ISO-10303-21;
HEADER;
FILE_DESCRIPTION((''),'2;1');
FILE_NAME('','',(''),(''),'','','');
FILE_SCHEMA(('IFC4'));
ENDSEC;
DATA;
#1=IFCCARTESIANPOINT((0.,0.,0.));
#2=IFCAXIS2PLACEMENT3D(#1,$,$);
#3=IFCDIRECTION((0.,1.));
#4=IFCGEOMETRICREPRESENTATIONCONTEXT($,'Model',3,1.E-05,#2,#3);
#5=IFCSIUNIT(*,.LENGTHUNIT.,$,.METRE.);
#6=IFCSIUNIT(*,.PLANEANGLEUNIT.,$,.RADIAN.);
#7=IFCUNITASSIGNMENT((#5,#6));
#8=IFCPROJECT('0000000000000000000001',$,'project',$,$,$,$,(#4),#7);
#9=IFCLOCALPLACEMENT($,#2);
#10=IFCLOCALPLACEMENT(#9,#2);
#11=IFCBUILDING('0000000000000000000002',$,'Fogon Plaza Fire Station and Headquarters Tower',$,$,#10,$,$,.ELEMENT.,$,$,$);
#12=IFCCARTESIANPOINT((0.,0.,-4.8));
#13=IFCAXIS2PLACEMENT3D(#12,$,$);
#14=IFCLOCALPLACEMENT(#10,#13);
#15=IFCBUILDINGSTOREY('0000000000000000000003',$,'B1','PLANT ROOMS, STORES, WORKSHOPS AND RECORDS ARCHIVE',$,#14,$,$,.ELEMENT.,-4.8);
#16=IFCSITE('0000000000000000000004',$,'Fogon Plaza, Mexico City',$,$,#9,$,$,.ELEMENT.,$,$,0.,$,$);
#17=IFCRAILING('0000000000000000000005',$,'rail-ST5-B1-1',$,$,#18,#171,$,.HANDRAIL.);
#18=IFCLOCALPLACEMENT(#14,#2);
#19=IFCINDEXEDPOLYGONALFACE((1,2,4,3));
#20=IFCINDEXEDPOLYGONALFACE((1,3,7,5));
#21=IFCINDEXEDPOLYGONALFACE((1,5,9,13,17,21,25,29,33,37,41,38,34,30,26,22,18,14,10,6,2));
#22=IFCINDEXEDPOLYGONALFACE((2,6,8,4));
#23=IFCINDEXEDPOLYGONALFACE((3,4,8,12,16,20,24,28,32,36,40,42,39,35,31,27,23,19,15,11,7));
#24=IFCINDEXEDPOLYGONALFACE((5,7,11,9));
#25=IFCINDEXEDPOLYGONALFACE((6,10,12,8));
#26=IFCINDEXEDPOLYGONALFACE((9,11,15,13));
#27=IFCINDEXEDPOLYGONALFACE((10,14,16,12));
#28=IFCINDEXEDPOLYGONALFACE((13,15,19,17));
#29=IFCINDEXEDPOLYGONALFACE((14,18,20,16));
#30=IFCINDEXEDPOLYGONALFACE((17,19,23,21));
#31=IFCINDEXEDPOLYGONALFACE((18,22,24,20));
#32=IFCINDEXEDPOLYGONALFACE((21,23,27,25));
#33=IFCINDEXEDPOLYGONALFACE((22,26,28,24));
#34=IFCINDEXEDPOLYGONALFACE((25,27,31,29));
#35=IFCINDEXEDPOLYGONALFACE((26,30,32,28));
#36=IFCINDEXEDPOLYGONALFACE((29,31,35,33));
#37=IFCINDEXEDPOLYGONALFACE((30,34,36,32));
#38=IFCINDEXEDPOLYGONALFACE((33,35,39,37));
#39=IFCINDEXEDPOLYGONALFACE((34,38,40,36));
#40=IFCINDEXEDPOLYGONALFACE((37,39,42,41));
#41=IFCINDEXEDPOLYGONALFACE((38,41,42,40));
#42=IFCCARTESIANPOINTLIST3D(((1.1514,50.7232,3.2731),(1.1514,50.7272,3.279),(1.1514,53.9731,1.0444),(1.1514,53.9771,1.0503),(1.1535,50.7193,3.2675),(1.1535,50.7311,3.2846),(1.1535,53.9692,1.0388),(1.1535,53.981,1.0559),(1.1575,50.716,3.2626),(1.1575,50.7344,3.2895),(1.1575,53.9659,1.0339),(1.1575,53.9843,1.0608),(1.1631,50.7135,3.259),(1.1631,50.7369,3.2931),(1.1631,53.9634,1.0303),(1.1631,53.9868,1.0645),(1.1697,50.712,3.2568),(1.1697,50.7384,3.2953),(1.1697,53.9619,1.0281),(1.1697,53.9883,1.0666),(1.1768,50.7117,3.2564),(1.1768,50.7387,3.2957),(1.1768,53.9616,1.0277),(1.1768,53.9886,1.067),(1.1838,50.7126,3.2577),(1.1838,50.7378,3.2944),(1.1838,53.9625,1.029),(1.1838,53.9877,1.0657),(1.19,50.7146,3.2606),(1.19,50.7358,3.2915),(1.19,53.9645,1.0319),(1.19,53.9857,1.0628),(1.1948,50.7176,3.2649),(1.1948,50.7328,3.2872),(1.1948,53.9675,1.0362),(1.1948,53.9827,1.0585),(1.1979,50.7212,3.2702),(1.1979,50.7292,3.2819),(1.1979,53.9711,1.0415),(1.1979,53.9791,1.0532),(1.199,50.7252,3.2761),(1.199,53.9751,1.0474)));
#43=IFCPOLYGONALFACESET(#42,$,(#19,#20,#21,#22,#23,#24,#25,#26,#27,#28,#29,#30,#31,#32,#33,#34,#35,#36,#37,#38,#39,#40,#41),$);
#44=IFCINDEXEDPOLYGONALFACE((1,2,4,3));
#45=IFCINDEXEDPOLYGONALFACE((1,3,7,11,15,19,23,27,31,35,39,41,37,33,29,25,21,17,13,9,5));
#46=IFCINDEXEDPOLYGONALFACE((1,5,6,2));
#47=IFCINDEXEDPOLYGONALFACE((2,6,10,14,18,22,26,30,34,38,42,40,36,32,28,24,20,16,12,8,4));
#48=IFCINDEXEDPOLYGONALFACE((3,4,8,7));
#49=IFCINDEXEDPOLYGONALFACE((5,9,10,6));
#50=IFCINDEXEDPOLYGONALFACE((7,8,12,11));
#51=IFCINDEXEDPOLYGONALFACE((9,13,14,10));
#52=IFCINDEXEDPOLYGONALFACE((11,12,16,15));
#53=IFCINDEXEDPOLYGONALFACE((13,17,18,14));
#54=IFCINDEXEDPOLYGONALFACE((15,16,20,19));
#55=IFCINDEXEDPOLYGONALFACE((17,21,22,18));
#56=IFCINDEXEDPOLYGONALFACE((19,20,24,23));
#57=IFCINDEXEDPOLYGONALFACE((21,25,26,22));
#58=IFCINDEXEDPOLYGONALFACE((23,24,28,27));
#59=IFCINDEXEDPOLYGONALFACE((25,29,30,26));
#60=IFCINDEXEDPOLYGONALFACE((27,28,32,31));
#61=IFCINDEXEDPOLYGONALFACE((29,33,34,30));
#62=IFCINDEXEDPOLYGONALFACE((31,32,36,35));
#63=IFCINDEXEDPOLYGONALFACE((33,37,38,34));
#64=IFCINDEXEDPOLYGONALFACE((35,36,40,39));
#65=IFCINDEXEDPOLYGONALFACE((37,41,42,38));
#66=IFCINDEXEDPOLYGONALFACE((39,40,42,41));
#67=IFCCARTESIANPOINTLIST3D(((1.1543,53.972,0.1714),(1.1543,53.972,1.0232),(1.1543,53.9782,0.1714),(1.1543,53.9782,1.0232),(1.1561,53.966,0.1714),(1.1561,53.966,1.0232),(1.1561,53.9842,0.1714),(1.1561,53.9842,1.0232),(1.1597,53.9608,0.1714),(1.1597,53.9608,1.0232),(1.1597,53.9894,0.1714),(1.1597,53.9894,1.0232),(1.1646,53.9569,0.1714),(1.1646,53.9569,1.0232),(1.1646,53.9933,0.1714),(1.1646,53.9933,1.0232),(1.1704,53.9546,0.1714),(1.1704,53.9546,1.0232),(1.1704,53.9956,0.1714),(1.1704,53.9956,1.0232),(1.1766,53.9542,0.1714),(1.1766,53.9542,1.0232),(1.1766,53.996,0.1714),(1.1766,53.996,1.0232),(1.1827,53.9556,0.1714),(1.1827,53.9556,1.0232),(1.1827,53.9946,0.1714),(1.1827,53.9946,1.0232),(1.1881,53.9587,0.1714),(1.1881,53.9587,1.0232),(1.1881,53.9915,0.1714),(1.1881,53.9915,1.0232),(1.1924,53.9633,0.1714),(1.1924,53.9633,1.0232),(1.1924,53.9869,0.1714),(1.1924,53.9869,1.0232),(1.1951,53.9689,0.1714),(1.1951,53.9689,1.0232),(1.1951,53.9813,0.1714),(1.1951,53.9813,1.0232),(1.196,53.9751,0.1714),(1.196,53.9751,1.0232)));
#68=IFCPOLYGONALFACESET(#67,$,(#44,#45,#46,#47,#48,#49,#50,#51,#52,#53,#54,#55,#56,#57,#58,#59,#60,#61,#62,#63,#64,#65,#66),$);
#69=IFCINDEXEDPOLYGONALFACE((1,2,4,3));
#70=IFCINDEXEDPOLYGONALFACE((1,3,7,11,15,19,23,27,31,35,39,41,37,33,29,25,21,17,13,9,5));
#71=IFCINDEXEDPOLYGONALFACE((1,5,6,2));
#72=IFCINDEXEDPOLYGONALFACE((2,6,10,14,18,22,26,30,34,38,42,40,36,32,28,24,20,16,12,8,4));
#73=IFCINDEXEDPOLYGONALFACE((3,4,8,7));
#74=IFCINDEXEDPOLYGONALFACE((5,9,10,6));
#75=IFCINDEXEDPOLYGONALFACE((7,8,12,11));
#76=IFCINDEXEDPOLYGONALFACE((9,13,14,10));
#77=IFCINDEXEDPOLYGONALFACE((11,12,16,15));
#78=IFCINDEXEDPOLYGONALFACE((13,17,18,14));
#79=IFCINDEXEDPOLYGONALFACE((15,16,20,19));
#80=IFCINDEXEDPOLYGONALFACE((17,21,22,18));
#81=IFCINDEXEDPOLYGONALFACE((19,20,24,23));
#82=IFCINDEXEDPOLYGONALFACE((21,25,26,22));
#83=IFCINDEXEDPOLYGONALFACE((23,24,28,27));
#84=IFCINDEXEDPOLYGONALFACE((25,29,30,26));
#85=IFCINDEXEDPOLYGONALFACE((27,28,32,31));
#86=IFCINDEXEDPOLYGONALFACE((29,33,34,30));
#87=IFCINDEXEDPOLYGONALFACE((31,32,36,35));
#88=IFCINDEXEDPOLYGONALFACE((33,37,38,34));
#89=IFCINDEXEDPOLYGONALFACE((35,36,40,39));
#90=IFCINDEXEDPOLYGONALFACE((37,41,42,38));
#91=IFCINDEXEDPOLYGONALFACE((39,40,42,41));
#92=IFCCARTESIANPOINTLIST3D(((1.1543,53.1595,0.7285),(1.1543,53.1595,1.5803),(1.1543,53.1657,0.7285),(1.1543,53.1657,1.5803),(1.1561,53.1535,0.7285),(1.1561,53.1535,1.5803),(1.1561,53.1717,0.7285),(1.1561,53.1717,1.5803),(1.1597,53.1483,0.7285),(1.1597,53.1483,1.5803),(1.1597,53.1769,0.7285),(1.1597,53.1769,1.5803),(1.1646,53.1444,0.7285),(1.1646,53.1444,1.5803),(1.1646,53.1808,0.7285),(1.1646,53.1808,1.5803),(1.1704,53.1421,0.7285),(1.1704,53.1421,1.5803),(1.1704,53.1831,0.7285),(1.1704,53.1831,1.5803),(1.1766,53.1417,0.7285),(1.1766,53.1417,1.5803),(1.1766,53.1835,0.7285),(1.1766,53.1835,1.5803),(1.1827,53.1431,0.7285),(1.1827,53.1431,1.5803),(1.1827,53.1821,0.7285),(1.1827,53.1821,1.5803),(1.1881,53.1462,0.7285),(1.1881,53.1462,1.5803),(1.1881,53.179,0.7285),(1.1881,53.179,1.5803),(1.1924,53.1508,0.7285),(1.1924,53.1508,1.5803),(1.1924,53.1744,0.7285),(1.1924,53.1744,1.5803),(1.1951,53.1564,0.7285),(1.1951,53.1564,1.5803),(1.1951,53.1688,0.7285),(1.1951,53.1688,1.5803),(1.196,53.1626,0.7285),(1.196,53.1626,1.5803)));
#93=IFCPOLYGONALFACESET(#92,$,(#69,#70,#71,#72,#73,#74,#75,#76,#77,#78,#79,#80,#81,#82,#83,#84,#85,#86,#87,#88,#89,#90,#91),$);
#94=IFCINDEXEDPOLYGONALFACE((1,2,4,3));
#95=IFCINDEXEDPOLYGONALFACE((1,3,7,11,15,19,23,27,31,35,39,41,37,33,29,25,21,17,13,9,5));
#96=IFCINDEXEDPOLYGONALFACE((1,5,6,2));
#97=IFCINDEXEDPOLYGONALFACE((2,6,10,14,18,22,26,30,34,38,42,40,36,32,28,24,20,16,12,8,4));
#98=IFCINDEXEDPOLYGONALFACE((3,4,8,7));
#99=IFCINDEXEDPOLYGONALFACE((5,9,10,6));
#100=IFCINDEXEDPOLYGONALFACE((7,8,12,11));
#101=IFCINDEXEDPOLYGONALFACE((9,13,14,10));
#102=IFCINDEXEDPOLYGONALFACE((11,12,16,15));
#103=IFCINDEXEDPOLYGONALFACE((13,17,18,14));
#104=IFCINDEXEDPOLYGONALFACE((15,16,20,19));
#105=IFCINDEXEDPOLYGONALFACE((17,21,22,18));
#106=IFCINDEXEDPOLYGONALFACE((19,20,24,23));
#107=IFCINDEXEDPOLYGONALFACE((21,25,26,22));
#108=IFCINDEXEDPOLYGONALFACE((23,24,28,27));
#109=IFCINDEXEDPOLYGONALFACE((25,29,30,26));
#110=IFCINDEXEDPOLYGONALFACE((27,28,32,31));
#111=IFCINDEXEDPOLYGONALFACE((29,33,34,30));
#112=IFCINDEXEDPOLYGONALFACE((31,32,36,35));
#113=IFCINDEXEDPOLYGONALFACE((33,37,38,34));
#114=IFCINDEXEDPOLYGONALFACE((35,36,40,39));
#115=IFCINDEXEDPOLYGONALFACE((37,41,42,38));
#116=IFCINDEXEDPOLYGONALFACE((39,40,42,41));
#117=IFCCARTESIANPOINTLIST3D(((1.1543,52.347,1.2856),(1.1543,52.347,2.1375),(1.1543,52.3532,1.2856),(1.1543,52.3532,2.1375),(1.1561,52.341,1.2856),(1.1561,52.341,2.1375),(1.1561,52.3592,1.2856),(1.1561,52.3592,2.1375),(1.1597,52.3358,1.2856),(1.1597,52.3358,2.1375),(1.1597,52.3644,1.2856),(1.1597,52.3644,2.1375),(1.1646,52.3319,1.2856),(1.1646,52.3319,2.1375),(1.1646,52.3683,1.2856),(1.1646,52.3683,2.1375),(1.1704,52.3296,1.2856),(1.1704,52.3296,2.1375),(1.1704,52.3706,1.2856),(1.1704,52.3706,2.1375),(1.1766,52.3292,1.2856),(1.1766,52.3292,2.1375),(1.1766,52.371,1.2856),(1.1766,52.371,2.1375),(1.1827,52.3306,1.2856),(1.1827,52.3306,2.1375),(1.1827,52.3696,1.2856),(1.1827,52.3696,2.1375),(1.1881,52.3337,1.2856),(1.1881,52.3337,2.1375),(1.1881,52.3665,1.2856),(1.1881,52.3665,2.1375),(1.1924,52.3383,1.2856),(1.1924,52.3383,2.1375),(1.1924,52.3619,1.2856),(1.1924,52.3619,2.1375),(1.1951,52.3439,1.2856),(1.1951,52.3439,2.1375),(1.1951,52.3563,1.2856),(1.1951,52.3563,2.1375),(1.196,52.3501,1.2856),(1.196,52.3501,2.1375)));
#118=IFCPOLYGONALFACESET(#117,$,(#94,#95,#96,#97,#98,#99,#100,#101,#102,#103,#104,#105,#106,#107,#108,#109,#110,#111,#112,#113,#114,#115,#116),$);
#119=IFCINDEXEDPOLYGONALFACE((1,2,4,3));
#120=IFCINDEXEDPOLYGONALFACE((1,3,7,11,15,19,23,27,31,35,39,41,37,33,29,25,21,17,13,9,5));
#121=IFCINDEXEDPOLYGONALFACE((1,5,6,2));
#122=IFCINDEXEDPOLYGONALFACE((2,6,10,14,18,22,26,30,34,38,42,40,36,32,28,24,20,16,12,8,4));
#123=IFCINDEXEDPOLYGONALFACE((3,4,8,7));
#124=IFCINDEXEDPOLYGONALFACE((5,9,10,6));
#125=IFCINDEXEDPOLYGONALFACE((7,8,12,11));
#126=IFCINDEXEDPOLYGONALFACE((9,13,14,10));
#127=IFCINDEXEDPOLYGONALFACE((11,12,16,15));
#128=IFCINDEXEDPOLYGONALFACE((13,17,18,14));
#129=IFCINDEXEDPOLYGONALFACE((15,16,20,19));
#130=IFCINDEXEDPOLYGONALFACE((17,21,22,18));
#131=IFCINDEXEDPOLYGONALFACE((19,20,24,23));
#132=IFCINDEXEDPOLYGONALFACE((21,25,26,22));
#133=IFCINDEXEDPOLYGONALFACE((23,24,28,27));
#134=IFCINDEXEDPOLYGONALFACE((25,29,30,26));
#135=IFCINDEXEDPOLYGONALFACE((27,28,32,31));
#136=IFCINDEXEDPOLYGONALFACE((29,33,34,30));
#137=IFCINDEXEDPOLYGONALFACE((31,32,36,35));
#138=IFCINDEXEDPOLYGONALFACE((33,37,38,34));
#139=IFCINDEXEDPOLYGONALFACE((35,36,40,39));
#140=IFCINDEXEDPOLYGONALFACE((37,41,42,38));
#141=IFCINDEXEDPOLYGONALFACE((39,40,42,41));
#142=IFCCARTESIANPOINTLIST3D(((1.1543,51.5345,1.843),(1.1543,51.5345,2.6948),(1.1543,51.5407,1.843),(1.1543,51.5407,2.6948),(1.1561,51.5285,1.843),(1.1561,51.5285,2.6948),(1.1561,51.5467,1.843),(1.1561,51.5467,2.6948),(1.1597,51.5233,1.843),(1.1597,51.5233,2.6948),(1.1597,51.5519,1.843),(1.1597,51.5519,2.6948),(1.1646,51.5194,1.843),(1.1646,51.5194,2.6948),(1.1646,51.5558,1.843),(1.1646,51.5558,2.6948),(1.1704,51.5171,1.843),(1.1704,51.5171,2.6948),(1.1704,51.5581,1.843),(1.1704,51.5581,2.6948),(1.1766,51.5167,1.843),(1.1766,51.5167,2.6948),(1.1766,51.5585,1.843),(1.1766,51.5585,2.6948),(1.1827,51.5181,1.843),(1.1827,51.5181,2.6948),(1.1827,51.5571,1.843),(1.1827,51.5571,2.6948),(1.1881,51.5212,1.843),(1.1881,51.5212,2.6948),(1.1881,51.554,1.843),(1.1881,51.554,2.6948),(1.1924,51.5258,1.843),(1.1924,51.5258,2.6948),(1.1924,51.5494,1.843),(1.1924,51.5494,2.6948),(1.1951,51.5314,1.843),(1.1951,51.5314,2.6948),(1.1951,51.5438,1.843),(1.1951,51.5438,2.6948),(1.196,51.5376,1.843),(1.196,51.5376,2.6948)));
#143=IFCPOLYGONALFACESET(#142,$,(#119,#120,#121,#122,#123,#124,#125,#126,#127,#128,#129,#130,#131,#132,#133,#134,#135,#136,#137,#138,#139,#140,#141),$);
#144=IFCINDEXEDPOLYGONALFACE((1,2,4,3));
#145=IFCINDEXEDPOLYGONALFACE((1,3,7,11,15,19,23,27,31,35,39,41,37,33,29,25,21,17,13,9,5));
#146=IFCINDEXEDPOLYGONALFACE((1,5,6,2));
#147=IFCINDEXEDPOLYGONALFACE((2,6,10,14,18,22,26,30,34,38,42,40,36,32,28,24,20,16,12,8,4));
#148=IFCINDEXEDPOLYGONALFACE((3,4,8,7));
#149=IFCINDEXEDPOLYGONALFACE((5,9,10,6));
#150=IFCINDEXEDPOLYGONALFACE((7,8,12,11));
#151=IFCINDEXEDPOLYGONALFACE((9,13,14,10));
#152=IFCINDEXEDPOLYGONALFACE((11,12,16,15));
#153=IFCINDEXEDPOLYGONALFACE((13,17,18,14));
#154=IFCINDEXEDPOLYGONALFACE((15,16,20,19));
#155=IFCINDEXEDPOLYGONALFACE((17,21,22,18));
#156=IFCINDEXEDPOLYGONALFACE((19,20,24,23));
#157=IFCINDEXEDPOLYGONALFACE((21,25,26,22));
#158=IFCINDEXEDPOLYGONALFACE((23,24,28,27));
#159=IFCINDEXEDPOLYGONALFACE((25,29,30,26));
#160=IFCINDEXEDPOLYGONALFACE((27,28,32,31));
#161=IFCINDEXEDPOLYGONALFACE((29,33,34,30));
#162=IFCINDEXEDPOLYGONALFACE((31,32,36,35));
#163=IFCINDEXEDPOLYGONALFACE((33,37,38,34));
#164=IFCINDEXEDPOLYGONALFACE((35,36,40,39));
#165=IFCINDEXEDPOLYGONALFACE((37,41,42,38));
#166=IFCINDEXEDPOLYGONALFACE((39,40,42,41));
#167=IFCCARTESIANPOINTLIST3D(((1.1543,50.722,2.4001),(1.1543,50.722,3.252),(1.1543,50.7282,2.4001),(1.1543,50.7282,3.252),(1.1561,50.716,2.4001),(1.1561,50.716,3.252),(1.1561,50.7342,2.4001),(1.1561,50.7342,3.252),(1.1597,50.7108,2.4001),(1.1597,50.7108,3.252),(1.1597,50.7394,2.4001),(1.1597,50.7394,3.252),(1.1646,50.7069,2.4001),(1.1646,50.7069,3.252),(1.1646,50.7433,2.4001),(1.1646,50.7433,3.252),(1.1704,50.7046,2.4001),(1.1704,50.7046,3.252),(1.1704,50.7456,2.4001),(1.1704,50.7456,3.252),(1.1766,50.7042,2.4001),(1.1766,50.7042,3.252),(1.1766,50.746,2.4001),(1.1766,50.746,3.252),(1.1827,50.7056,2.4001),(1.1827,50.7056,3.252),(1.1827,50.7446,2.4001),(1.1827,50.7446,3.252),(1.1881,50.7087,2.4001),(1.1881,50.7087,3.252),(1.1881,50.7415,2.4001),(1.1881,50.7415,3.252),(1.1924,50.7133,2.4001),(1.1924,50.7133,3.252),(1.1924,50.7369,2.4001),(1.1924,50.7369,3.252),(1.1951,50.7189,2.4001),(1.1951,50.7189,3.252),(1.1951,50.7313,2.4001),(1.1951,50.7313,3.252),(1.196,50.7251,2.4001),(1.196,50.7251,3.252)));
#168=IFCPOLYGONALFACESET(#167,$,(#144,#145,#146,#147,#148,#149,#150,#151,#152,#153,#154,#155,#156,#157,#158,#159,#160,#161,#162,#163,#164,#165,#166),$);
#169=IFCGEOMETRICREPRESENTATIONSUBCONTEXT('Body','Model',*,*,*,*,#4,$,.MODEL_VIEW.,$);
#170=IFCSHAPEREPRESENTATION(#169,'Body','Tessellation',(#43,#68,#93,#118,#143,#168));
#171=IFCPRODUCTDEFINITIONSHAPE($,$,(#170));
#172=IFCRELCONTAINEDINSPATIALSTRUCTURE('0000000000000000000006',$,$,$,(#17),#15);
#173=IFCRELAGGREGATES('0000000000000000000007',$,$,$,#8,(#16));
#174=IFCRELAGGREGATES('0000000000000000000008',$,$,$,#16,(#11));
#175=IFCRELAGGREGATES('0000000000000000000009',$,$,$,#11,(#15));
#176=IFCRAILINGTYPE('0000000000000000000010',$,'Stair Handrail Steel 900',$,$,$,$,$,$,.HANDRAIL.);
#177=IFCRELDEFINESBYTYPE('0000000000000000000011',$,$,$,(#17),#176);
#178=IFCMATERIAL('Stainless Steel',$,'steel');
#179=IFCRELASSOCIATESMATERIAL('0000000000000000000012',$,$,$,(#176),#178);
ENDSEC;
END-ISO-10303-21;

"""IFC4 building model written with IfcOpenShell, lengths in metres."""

from ifc_helpers import new_model, si_unit, direction, frame, origin, origin_2d, place, context, subcontext, project, spatial, circle, extrude, material, type_object, element, save


model = new_model("IFC4")

# Units and contexts
model_context = context("Model", 3, precision=1e-05, world=origin(), true_north=direction((0.0, 1.0)))
body_context = subcontext(model_context, "Body", "Model", "MODEL_VIEW")
ifc_project = project(units=[si_unit("LENGTHUNIT", "METRE"), si_unit("PLANEANGLEUNIT", "RADIAN")], contexts=[model_context])

# Site, building, storey
site_placement = place(None, origin())
site = spatial("IfcSite", under=ifc_project, at=site_placement, Name="Fogon Plaza, Mexico City", CompositionType="ELEMENT", RefElevation=0.0)
building_placement = place(site_placement, origin())
building = spatial("IfcBuilding", under=site, at=building_placement, Name="Fogon Plaza Fire Station and Headquarters Tower", CompositionType="ELEMENT")
storey_placement = place(building_placement, frame((0.0, 0.0, -4.8)))
storey = spatial("IfcBuildingStorey", under=building, at=storey_placement, Name="B1", Description="PLANT ROOMS, STORES, WORKSHOPS AND RECORDS ARCHIVE", CompositionType="ELEMENT", Elevation=-4.8)

# Railing
ifc_material_1 = material(Name="Stainless Steel", Category="steel")
railing_type_1 = type_object("IfcRailingType", Name="Stair Handrail Steel 900", PredefinedType="HANDRAIL", material=ifc_material_1)
for number, where, name in (
    (1, (1.175, 53.9751, 0.1714), "rail-ST5-B1-1"),
):
    element("IfcRailing", number, at=place(storey_placement, frame(where)), inside=storey, type_object=railing_type_1, Name=name, PredefinedType="HANDRAIL", context=body_context, shape_type="SweptSolid", body=[
        extrude(circle(Radius=0.0239, at=origin_2d()), frame((0.0, 0.0, 0.876), z_axis=(0.0, -0.824707, 0.565561), x_axis=(1.0, 0.0, 0.0)), (0.0, 0.0, 1.0), 3.9407),
        extrude(circle(Radius=0.021, at=origin_2d()), origin(), (0.0, 0.0, 1.0), 0.8518),
        extrude(circle(Radius=0.021, at=origin_2d()), frame((0.0, -0.8125, 0.5571)), (0.0, 0.0, 1.0), 0.8518),
        extrude(circle(Radius=0.021, at=origin_2d()), frame((0.0, -1.625, 1.1143)), (0.0, 0.0, 1.0), 0.8518),
        extrude(circle(Radius=0.021, at=origin_2d()), frame((0.0, -2.4375, 1.6716)), (0.0, 0.0, 1.0), 0.8518),
        extrude(circle(Radius=0.021, at=origin_2d()), frame((0.0, -3.25, 2.2288)), (0.0, 0.0, 1.0), 0.8518),
    ])

save(model, "model.ifc")
